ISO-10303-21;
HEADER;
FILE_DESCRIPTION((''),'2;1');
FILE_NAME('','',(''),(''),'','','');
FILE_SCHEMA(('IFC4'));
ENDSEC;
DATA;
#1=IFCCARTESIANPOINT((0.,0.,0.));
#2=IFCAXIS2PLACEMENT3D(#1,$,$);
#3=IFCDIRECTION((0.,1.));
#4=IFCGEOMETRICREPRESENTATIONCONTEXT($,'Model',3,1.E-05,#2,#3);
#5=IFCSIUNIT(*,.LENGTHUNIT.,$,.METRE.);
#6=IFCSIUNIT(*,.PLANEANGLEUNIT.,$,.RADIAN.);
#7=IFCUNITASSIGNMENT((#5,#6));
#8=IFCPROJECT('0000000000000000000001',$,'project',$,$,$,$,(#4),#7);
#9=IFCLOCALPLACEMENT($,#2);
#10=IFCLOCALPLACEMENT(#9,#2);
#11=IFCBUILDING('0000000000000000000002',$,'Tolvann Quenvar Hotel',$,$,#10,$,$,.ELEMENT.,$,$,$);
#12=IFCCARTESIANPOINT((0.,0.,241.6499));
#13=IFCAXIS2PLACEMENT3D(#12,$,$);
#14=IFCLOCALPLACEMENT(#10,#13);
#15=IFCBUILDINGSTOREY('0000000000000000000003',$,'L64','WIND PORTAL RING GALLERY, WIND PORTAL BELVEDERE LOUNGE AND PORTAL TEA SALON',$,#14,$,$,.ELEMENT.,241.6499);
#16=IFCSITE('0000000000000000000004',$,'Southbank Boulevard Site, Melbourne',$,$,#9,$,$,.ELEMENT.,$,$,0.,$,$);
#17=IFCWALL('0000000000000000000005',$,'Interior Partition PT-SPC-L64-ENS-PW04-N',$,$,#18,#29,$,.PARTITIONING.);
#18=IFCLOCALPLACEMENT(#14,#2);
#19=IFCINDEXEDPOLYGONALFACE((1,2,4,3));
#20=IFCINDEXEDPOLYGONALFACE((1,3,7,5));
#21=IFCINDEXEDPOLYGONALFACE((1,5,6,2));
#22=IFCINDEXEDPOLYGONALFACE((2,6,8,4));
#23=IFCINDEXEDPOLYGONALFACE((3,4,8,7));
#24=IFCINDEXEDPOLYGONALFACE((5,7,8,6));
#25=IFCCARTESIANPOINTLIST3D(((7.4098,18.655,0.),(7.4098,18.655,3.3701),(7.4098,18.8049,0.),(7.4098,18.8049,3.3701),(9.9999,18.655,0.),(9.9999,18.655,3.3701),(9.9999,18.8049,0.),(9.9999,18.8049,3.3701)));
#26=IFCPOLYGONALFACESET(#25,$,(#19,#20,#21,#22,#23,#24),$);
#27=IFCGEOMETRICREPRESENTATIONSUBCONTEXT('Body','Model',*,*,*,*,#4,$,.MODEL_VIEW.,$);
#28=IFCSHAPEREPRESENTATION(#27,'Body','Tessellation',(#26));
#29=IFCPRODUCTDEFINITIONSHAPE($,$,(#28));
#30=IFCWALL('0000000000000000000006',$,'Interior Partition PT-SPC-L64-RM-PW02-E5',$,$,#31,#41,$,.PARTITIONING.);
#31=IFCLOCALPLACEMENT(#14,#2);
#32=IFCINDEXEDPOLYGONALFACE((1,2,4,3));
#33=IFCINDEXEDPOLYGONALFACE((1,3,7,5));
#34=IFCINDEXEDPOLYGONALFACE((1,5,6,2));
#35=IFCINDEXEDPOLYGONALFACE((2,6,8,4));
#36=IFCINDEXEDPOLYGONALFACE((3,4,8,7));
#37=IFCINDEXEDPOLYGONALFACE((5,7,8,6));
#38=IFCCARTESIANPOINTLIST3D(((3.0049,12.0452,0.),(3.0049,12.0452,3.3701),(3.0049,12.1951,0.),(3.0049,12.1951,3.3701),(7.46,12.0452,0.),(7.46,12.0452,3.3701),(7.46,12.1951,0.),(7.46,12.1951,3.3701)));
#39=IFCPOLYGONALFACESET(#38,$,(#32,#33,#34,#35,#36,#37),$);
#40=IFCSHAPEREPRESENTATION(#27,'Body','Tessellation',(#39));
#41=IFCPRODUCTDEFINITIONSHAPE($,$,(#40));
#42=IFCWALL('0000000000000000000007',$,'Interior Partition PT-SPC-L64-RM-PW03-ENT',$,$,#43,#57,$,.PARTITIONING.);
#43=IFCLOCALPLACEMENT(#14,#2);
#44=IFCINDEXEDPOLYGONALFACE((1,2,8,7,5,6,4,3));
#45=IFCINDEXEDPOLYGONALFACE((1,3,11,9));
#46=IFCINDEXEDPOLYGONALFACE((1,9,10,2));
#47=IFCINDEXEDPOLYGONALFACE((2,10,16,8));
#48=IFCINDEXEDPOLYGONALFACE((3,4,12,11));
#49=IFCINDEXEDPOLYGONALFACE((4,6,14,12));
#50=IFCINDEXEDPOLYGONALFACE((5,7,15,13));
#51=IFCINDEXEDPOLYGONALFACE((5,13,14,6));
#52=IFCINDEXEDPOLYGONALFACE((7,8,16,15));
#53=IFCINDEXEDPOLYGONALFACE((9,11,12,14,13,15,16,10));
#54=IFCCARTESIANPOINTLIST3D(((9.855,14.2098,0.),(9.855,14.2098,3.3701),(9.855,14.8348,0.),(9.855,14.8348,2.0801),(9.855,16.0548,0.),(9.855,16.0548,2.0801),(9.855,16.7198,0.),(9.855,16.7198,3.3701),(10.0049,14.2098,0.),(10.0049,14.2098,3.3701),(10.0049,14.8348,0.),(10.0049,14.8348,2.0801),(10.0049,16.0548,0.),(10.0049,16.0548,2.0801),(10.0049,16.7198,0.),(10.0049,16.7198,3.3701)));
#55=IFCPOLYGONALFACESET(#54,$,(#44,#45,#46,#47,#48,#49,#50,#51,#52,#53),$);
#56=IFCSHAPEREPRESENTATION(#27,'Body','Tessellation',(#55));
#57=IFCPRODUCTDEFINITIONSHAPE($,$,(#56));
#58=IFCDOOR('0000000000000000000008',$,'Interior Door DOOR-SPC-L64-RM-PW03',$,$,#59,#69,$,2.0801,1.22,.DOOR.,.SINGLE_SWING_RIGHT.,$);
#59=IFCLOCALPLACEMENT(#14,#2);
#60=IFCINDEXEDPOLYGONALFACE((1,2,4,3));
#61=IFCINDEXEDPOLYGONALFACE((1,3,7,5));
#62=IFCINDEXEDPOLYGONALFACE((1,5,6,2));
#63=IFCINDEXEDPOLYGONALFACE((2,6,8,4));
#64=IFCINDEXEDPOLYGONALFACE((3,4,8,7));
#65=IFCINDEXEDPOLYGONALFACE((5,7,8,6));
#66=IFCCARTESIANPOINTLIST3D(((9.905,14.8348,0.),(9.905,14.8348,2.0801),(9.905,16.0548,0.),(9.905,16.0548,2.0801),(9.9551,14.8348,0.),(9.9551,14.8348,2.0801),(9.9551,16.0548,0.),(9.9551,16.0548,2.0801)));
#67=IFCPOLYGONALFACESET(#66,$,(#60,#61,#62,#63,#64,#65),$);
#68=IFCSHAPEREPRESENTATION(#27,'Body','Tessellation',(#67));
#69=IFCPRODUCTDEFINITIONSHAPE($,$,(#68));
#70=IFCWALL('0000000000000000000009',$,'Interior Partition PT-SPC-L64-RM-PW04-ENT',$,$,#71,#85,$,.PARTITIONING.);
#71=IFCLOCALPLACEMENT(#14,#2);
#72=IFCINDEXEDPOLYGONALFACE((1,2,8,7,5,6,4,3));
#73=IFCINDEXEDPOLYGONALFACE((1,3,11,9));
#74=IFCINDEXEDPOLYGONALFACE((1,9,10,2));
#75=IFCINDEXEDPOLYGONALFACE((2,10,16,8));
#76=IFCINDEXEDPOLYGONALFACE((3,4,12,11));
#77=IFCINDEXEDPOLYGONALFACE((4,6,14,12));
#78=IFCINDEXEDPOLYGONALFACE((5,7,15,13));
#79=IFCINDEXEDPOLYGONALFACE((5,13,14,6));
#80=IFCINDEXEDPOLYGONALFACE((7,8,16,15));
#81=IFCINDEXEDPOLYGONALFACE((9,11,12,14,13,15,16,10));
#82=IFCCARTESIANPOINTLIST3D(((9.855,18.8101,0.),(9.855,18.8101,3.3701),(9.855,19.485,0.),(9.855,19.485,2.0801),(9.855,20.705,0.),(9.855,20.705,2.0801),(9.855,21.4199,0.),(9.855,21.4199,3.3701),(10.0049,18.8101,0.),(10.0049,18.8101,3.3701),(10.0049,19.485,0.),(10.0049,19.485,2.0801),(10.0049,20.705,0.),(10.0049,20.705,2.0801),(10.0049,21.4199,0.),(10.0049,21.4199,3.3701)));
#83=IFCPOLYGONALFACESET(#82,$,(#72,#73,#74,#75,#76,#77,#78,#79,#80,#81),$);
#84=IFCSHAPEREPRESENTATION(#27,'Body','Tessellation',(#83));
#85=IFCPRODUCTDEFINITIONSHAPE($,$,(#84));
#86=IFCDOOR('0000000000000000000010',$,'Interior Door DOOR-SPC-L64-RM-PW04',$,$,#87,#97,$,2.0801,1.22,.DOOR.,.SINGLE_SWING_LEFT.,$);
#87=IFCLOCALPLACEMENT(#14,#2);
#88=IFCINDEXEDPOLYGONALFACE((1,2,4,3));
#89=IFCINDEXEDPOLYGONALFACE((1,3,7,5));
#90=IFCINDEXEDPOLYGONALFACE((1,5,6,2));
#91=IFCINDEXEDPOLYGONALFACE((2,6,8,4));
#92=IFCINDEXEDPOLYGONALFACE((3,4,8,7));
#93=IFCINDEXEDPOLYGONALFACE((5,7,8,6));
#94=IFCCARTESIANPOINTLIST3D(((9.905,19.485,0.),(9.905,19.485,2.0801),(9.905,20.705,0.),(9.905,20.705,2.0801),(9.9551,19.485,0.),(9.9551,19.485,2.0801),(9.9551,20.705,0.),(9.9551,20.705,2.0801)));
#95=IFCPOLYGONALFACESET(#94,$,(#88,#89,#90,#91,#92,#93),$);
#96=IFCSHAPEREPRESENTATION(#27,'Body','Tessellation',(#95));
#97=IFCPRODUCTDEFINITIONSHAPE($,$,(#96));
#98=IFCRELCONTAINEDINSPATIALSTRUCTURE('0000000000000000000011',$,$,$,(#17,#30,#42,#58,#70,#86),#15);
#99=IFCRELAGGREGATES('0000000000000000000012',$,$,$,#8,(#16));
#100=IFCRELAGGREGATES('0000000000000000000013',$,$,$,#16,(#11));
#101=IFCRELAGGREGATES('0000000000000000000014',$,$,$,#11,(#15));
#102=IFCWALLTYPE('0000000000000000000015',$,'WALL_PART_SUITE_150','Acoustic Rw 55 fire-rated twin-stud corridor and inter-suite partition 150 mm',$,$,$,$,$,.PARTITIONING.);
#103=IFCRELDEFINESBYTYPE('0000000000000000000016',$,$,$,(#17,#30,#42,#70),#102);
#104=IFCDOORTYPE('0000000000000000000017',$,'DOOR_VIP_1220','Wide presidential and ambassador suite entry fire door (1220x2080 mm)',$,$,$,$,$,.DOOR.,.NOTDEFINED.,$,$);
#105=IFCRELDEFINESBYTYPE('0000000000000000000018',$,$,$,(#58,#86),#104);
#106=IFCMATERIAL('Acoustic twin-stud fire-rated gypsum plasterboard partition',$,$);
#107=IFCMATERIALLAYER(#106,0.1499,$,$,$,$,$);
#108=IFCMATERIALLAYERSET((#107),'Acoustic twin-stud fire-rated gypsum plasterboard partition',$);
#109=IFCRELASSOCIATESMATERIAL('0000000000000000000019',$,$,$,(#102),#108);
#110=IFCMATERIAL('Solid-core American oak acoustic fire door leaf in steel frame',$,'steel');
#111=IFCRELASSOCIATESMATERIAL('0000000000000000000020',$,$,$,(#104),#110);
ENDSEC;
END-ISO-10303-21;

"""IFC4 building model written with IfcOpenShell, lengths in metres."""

from ifc_helpers import new_model, si_unit, direction, frame, frame_2d, origin, place, context, subcontext, project, spatial, rectangle, extrude, source, transform, mapped, material, layer, layer_set, type_object, type_shapes, element, fill, save


model = new_model("IFC4")

# Units and contexts
model_context = context("Model", 3, precision=1e-05, world=origin(), true_north=direction((0.0, 1.0)))
body_context = subcontext(model_context, "Body", "Model", "MODEL_VIEW")
ifc_project = project(units=[si_unit("LENGTHUNIT", "METRE"), si_unit("PLANEANGLEUNIT", "RADIAN")], contexts=[model_context])

# Site, building, storey
site_placement = place(None, origin())
site = spatial("IfcSite", under=ifc_project, at=site_placement, Name="Southbank Boulevard Site, Melbourne", CompositionType="ELEMENT", RefElevation=0.0)
building_placement = place(site_placement, origin())
building = spatial("IfcBuilding", under=site, at=building_placement, Name="Tolvann Quenvar Hotel", CompositionType="ELEMENT")
storey_placement = place(building_placement, frame((0.0, 0.0, 241.6499)))
storey = spatial("IfcBuildingStorey", under=building, at=storey_placement, Name="L64", Description="WIND PORTAL RING GALLERY, WIND PORTAL BELVEDERE LOUNGE AND PORTAL TEA SALON", CompositionType="ELEMENT", Elevation=241.6499)

# Shared definitions
ifc_material_1 = material(Name="Acoustic twin-stud fire-rated gypsum plasterboard partition")
ifc_layer_1 = layer(ifc_material_1, 0.1499)
ifc_layer_set_1 = layer_set([ifc_layer_1], Name="Acoustic twin-stud fire-rated gypsum plasterboard partition")
wall_type_1 = type_object("IfcWallType", Name="WALL_PART_SUITE_150", Description="Acoustic Rw 55 fire-rated twin-stud corridor and inter-suite partition 150 mm", PredefinedType="PARTITIONING", material=ifc_layer_set_1)
ifc_material_2 = material(Name="Solid-core American oak acoustic fire door leaf in steel frame", Category="steel")

# Walls
wall_1_placement = place(storey_placement, frame((7.4099, 18.73, 0.0), z_axis=(0.0, 0.0, 1.0), x_axis=(1.0, 0.0, 0.0)))
element("IfcWall", 1, at=wall_1_placement, inside=storey, type_object=wall_type_1, Name="Interior Partition PT-SPC-L64-ENS-PW04-N", PredefinedType="PARTITIONING", context=body_context, shape_type="SweptSolid", body=[
    extrude(rectangle(XDim=2.5901, YDim=0.1499, at=frame_2d((1.2949, 0.0))), origin(), (0.0, 0.0, 1.0), 3.3701),
])
wall_2_placement = place(storey_placement, frame((3.0049, 12.1201, 0.0), z_axis=(0.0, 0.0, 1.0), x_axis=(1.0, 0.0, 0.0)))
element("IfcWall", 2, at=wall_2_placement, inside=storey, type_object=wall_type_1, Name="Interior Partition PT-SPC-L64-RM-PW02-E5", PredefinedType="PARTITIONING", context=body_context, shape_type="SweptSolid", body=[
    extrude(rectangle(XDim=4.4551, YDim=0.1499, at=frame_2d((2.2275, 0.0))), origin(), (0.0, 0.0, 1.0), 3.3701),
])

# Walls, openings, doors
wall_3_placement = place(storey_placement, frame((9.9299, 14.21, 0.0), z_axis=(0.0, 0.0, 1.0), x_axis=(0.0, 1.0, 0.0)))
wall_3 = element("IfcWall", 3, at=wall_3_placement, inside=storey, type_object=wall_type_1, Name="Interior Partition PT-SPC-L64-RM-PW03-ENT", PredefinedType="PARTITIONING", context=body_context, shape_type="SweptSolid", body=[
    extrude(rectangle(XDim=2.51, YDim=0.1499, at=frame_2d((1.2549, 0.0))), origin(), (0.0, 0.0, 1.0), 3.3701),
])
opening_1_placement = place(wall_3_placement, frame((0.625, 0.0, 0.0)))
opening_1 = element("IfcOpeningElement", 4, at=opening_1_placement, cuts=wall_3, PredefinedType="OPENING", context=body_context, shape_type="SweptSolid", body=[
    extrude(rectangle(XDim=1.22, YDim=2.0801, at=frame_2d((0.6099, 1.04))), frame((0.0, 0.085, 0.0), z_axis=(0.0, -1.0, 0.0), x_axis=(1.0, 0.0, 0.0)), (0.0, 0.0, 1.0), 0.1699),
])
door_type_1 = type_object("IfcDoorType", Name="DOOR_VIP_1220", Description="Wide presidential and ambassador suite entry fire door (1220x2080 mm)", OperationType="NOTDEFINED", PredefinedType="DOOR", material=ifc_material_2)
shared_shape_1 = source(origin(), body_context, "Body", "SweptSolid", [
    extrude(rectangle(XDim=1.22, YDim=2.0801, at=frame_2d((0.6099, 1.04))), frame((0.0, 0.0249, 0.0), z_axis=(0.0, -1.0, 0.0), x_axis=(1.0, 0.0, 0.0)), (0.0, 0.0, 1.0), 0.05),
])
type_shapes(door_type_1, [shared_shape_1])
door_1_placement = place(opening_1_placement, origin())
door_1 = element("IfcDoor", 5, at=door_1_placement, inside=storey, type_object=door_type_1, Name="Interior Door DOOR-SPC-L64-RM-PW03", OperationType="SINGLE_SWING_RIGHT", OverallHeight=2.0801, OverallWidth=1.22, PredefinedType="DOOR", context=body_context, shape_type="MappedRepresentation", body=[
    mapped(shared_shape_1, transform((0.0, 0.0, 0.0), x_axis=(1.0, 0.0, 0.0), y_axis=(0.0, 1.0, 0.0), z_axis=(0.0, 0.0, 1.0), scale=1.0)),
])
fill(opening_1, door_1)
wall_4_placement = place(storey_placement, frame((9.9299, 18.8101, 0.0), z_axis=(0.0, 0.0, 1.0), x_axis=(0.0, 1.0, 0.0)))
wall_4 = element("IfcWall", 6, at=wall_4_placement, inside=storey, type_object=wall_type_1, Name="Interior Partition PT-SPC-L64-RM-PW04-ENT", PredefinedType="PARTITIONING", context=body_context, shape_type="SweptSolid", body=[
    extrude(rectangle(XDim=2.6099, YDim=0.1499, at=frame_2d((1.3049, 0.0))), origin(), (0.0, 0.0, 1.0), 3.3701),
])
opening_2_placement = place(wall_4_placement, frame((0.675, 0.0, 0.0)))
opening_2 = element("IfcOpeningElement", 7, at=opening_2_placement, cuts=wall_4, PredefinedType="OPENING", context=body_context, shape_type="SweptSolid", body=[
    extrude(rectangle(XDim=1.22, YDim=2.0801, at=frame_2d((0.6099, 1.04))), frame((0.0, 0.085, 0.0), z_axis=(0.0, -1.0, 0.0), x_axis=(1.0, 0.0, 0.0)), (0.0, 0.0, 1.0), 0.1699),
])
door_2_placement = place(opening_2_placement, origin())
door_2 = element("IfcDoor", 8, at=door_2_placement, inside=storey, type_object=door_type_1, Name="Interior Door DOOR-SPC-L64-RM-PW04", OperationType="SINGLE_SWING_LEFT", OverallHeight=2.0801, OverallWidth=1.22, PredefinedType="DOOR", context=body_context, shape_type="MappedRepresentation", body=[
    mapped(shared_shape_1, transform((0.0, 0.0, 0.0), x_axis=(1.0, 0.0, 0.0), y_axis=(0.0, 1.0, 0.0), z_axis=(0.0, 0.0, 1.0), scale=1.0)),
])
fill(opening_2, door_2)

save(model, "model.ifc")
